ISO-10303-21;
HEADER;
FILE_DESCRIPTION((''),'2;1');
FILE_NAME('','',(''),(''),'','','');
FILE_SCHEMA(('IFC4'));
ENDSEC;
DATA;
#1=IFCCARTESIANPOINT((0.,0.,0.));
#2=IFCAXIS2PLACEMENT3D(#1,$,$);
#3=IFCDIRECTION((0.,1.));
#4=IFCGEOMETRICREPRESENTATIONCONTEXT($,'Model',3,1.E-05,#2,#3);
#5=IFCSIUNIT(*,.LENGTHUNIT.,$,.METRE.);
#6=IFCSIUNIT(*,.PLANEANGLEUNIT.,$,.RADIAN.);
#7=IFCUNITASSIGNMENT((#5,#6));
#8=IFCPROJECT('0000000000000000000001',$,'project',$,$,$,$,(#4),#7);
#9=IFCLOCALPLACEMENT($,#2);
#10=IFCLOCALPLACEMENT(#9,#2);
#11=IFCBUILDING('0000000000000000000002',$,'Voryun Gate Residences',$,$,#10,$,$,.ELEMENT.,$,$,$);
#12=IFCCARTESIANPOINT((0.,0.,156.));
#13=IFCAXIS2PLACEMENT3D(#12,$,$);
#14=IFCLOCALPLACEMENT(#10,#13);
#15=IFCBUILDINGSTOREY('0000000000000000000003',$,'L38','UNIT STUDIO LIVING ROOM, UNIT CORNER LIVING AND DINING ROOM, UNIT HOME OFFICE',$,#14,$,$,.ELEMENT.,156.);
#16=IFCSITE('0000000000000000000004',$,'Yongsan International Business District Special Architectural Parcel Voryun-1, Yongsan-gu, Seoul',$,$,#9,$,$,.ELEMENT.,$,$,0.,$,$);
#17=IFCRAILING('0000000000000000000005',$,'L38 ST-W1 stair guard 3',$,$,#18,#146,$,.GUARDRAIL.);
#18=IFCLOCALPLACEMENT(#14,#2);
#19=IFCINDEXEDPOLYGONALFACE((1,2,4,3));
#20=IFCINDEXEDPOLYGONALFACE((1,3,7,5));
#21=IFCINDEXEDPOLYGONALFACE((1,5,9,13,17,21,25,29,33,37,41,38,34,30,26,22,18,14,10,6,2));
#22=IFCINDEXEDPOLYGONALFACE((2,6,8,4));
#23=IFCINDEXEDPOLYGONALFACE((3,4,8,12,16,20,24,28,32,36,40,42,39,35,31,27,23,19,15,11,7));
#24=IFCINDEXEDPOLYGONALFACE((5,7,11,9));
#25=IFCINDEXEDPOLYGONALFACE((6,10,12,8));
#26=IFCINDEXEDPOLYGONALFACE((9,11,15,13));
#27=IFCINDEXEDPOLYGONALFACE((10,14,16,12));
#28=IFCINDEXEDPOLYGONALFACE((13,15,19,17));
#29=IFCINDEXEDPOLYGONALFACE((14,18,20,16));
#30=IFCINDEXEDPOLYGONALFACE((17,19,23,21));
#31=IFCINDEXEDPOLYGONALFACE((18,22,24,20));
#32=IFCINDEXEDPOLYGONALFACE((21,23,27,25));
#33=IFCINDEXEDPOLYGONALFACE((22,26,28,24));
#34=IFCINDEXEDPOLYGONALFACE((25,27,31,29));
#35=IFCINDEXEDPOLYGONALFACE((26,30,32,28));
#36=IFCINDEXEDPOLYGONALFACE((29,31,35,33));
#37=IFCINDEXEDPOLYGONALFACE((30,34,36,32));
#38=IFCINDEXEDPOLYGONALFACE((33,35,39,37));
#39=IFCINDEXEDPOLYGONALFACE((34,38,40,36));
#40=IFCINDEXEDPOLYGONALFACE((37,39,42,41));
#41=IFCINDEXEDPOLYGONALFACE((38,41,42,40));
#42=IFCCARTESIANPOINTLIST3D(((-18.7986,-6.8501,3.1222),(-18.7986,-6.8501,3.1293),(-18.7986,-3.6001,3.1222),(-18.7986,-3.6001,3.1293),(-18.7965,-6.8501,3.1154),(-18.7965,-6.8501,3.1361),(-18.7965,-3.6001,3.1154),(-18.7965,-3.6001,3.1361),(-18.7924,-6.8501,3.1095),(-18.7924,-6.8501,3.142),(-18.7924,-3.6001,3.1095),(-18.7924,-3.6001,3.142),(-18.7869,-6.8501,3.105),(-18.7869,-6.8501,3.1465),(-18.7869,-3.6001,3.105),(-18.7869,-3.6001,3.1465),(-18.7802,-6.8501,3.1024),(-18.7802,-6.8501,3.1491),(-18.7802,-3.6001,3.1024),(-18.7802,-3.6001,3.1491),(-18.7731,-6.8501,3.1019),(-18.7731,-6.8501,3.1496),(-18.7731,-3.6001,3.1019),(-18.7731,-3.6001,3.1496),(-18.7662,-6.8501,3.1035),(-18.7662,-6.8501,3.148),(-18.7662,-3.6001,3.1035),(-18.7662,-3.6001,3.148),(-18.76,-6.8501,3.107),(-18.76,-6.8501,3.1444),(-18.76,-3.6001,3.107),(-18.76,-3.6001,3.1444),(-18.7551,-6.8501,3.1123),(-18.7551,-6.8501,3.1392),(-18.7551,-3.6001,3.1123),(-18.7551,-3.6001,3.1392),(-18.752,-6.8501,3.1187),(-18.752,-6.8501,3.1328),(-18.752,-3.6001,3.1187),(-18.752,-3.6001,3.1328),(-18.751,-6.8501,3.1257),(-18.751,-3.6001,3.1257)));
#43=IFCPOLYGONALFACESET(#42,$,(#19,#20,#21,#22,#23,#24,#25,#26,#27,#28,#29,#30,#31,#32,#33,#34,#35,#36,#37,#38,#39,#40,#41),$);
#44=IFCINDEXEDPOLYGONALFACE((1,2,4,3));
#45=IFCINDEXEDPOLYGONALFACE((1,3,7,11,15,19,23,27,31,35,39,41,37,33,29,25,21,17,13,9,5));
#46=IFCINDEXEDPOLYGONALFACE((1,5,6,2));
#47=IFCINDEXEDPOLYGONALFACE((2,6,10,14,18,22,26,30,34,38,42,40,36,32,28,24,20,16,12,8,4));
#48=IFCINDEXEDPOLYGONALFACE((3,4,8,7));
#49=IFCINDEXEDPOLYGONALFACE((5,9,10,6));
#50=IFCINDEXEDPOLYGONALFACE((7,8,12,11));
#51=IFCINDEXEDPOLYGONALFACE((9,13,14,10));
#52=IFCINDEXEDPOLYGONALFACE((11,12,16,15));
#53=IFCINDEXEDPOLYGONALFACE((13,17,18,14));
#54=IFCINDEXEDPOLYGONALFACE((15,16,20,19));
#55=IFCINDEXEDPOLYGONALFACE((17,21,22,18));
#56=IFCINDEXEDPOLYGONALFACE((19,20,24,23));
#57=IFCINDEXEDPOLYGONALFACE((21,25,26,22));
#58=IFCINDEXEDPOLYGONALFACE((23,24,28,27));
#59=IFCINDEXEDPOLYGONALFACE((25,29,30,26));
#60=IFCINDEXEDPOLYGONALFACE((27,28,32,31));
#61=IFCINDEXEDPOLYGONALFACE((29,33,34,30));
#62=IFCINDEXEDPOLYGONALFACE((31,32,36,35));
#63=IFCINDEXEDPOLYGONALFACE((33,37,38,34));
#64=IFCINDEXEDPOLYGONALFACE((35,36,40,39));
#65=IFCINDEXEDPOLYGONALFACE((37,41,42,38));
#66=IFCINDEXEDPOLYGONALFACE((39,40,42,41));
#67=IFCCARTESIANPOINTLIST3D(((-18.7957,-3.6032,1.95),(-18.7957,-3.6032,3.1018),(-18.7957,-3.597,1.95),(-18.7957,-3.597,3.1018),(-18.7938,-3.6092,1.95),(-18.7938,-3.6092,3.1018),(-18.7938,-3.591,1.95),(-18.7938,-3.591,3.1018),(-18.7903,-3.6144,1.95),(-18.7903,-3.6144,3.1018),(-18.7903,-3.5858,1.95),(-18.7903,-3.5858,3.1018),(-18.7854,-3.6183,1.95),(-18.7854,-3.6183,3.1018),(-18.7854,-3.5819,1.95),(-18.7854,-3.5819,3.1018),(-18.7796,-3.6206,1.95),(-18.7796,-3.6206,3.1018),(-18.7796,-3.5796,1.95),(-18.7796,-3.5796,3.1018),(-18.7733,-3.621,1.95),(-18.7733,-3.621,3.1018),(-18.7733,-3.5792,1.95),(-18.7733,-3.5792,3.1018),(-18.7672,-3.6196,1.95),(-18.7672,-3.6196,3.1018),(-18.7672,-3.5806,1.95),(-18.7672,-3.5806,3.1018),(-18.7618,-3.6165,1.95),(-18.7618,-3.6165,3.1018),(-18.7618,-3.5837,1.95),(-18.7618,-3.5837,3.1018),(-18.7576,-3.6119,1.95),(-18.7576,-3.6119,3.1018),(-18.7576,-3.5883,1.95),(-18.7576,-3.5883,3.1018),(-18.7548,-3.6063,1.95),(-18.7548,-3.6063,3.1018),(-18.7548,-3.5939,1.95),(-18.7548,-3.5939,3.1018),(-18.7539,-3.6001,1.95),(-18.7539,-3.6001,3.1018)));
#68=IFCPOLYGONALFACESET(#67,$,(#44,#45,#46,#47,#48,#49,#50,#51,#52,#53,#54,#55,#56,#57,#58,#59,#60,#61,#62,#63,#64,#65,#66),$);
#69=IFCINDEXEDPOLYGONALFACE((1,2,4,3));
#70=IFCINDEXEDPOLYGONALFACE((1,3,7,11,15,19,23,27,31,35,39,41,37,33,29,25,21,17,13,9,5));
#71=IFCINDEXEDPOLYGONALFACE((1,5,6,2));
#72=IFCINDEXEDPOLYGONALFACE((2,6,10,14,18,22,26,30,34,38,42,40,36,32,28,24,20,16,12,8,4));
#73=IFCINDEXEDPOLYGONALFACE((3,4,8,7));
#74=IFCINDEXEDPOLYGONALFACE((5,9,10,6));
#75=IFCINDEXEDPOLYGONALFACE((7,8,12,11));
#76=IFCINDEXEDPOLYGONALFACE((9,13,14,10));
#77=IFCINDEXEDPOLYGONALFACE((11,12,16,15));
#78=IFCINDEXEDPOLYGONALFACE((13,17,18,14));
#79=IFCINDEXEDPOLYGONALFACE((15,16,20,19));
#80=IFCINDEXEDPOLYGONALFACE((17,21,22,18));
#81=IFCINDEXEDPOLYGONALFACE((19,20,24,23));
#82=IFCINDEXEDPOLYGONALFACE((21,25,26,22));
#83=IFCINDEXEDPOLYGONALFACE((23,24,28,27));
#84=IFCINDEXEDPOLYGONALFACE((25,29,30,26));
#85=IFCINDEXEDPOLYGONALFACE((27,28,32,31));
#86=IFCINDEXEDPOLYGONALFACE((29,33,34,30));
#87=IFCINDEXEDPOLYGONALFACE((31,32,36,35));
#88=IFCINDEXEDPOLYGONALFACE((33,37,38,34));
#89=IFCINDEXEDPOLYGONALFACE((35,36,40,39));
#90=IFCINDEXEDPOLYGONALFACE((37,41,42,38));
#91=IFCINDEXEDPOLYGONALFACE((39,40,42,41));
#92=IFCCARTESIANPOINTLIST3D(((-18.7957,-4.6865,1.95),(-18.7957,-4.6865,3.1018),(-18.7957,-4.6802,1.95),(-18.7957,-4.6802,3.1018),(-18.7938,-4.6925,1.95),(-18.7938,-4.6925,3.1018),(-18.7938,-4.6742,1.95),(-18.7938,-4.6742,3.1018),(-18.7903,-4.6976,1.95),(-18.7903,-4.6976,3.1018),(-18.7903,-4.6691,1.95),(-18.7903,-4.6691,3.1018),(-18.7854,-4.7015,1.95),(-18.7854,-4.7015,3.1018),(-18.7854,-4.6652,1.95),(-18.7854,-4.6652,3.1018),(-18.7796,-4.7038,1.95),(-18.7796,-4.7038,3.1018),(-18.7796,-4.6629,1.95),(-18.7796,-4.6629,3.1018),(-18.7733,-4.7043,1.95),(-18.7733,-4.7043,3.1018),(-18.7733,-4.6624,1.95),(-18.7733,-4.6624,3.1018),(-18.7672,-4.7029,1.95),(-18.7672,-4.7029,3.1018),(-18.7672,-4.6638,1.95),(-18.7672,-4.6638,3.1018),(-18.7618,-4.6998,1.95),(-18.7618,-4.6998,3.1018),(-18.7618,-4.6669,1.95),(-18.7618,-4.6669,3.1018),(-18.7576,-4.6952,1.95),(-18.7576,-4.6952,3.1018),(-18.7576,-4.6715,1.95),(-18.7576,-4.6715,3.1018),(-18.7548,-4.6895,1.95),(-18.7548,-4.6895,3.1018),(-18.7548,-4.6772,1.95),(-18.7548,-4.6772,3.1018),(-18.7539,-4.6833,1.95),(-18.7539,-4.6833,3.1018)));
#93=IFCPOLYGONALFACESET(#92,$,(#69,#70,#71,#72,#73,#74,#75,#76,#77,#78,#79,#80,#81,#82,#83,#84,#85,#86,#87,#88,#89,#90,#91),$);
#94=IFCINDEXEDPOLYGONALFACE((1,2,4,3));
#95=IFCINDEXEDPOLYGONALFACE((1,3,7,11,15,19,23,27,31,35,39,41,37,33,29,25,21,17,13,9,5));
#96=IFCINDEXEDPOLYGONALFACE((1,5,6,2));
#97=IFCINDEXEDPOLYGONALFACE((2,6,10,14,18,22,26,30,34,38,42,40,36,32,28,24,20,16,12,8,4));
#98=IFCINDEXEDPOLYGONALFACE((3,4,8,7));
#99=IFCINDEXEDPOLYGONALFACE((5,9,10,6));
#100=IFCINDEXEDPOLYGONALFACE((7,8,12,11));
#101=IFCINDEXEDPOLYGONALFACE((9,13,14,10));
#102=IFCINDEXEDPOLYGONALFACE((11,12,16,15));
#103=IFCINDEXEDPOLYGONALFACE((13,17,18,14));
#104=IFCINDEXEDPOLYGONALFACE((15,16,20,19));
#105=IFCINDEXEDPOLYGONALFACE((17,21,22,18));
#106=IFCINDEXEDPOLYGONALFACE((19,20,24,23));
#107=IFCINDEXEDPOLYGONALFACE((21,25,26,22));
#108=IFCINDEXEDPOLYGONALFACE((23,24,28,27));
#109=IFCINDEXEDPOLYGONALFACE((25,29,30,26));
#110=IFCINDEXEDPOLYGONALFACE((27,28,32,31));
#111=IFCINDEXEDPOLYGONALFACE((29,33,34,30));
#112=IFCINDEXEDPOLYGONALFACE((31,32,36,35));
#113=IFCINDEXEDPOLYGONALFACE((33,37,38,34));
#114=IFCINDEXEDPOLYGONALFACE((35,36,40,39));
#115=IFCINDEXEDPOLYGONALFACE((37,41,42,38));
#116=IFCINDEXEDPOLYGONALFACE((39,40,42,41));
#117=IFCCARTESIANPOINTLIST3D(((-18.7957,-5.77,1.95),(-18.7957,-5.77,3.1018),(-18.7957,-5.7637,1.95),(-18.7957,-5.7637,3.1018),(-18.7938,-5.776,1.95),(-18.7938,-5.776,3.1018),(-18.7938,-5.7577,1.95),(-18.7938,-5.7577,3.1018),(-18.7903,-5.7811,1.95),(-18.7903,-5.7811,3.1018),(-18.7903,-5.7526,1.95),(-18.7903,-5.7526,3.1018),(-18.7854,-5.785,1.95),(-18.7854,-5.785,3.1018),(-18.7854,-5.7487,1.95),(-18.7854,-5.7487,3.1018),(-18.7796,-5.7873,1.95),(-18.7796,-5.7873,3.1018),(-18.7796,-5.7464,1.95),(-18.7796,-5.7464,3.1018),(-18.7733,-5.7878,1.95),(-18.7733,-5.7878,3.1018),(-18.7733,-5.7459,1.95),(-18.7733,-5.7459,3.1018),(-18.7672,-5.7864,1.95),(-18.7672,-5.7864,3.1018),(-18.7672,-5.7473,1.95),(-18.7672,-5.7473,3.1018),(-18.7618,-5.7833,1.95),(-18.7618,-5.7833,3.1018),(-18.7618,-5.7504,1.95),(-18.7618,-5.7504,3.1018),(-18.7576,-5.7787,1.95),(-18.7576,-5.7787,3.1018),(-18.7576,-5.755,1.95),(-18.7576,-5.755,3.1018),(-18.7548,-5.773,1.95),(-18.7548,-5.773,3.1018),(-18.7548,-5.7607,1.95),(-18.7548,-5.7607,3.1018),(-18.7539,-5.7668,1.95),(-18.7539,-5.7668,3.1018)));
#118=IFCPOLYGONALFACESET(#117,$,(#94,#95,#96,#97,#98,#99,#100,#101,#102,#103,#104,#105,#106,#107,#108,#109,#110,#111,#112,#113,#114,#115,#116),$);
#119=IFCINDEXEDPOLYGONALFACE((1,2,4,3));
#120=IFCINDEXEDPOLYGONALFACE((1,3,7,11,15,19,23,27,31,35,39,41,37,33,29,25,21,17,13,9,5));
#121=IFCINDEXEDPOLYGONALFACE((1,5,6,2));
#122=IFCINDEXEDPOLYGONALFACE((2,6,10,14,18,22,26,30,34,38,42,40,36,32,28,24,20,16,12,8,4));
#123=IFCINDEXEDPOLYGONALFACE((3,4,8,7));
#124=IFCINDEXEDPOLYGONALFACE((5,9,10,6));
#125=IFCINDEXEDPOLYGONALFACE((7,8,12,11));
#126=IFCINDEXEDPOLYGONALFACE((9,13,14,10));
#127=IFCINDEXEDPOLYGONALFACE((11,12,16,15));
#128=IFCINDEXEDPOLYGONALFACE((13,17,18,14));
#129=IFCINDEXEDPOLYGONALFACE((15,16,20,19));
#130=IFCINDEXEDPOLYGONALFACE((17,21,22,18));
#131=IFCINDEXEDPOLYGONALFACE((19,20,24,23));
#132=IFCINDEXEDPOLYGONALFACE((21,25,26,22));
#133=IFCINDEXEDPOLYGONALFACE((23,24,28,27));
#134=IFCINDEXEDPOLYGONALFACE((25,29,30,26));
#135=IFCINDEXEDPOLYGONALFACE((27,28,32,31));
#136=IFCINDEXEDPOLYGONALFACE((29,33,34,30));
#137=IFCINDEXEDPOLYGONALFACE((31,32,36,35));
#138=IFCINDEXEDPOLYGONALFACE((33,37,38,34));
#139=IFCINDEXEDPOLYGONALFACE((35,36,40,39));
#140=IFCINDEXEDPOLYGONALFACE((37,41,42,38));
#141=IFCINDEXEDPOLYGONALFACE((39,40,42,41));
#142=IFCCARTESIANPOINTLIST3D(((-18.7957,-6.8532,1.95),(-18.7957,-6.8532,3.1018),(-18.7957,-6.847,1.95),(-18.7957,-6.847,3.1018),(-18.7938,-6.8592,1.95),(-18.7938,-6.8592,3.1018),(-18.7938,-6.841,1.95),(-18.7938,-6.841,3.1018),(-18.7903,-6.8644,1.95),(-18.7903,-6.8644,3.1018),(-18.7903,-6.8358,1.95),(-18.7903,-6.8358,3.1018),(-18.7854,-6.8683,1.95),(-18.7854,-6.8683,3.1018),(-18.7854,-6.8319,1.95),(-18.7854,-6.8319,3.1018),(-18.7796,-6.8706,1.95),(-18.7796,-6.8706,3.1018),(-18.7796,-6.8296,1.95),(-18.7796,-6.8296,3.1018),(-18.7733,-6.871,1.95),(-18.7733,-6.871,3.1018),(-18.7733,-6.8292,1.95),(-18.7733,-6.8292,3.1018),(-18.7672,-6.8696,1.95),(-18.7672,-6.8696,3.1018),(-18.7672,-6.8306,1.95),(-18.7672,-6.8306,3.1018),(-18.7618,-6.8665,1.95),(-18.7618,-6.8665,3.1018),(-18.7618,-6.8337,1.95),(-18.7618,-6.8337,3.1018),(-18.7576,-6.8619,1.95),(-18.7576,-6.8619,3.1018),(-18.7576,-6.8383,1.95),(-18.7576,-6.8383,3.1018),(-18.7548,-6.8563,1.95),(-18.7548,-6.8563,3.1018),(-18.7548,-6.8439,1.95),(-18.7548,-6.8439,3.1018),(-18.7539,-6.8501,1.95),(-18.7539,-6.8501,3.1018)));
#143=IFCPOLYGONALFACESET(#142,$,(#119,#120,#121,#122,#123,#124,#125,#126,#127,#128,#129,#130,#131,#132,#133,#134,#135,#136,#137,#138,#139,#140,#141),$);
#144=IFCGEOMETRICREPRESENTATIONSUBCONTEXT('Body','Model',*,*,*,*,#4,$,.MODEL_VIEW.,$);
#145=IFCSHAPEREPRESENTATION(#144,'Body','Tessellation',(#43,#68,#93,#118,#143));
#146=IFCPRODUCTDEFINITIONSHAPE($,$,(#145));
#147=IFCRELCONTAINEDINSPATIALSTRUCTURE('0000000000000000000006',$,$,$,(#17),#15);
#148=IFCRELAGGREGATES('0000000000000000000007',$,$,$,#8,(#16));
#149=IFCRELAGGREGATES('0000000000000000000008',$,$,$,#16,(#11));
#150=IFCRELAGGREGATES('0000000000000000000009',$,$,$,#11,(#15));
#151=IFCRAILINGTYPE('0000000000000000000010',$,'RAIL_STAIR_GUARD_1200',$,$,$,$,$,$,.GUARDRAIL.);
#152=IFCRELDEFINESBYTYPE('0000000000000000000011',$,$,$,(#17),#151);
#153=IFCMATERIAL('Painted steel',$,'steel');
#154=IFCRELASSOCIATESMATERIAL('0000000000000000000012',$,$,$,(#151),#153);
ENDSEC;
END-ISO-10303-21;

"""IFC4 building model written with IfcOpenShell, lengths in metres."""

from ifc_helpers import new_model, si_unit, direction, frame, origin, origin_2d, place, context, subcontext, project, spatial, circle, extrude, material, type_object, element, save


model = new_model("IFC4")

# Units and contexts
model_context = context("Model", 3, precision=1e-05, world=origin(), true_north=direction((0.0, 1.0)))
body_context = subcontext(model_context, "Body", "Model", "MODEL_VIEW")
ifc_project = project(units=[si_unit("LENGTHUNIT", "METRE"), si_unit("PLANEANGLEUNIT", "RADIAN")], contexts=[model_context])

# Site, building, storey
site_placement = place(None, origin())
site = spatial("IfcSite", under=ifc_project, at=site_placement, Name="Yongsan International Business District Special Architectural Parcel Voryun-1, Yongsan-gu, Seoul", CompositionType="ELEMENT", RefElevation=0.0)
building_placement = place(site_placement, origin())
building = spatial("IfcBuilding", under=site, at=building_placement, Name="Voryun Gate Residences", CompositionType="ELEMENT")
storey_placement = place(building_placement, frame((0.0, 0.0, 156.0)))
storey = spatial("IfcBuildingStorey", under=building, at=storey_placement, Name="L38", Description="UNIT STUDIO LIVING ROOM, UNIT CORNER LIVING AND DINING ROOM, UNIT HOME OFFICE", CompositionType="ELEMENT", Elevation=156.0)

# Railing
ifc_material_1 = material(Name="Painted steel", Category="steel")
railing_type = type_object("IfcRailingType", Name="RAIL_STAIR_GUARD_1200", PredefinedType="GUARDRAIL", material=ifc_material_1)
railing_1_placement = place(storey_placement, frame((-18.7749, -3.6001, 1.95)))
element("IfcRailing", 1, at=railing_1_placement, inside=storey, type_object=railing_type, Name="L38 ST-W1 stair guard 3", PredefinedType="GUARDRAIL", context=body_context, shape_type="SweptSolid", body=[
    extrude(circle(Radius=0.0239, at=origin_2d()), frame((0.0, 0.0, 1.1758), z_axis=(0.0, -1.0, 0.0), x_axis=(1.0, 0.0, 0.0)), (0.0, 0.0, 1.0), 3.25),
    extrude(circle(Radius=0.021, at=origin_2d()), origin(), (0.0, 0.0, 1.0), 1.1519),
    extrude(circle(Radius=0.021, at=origin_2d()), frame((0.0, -1.0833, 0.0)), (0.0, 0.0, 1.0), 1.1519),
    extrude(circle(Radius=0.021, at=origin_2d()), frame((0.0, -2.1667, 0.0)), (0.0, 0.0, 1.0), 1.1519),
    extrude(circle(Radius=0.021, at=origin_2d()), frame((0.0, -3.25, 0.0)), (0.0, 0.0, 1.0), 1.1519),
])

save(model, "model.ifc")
